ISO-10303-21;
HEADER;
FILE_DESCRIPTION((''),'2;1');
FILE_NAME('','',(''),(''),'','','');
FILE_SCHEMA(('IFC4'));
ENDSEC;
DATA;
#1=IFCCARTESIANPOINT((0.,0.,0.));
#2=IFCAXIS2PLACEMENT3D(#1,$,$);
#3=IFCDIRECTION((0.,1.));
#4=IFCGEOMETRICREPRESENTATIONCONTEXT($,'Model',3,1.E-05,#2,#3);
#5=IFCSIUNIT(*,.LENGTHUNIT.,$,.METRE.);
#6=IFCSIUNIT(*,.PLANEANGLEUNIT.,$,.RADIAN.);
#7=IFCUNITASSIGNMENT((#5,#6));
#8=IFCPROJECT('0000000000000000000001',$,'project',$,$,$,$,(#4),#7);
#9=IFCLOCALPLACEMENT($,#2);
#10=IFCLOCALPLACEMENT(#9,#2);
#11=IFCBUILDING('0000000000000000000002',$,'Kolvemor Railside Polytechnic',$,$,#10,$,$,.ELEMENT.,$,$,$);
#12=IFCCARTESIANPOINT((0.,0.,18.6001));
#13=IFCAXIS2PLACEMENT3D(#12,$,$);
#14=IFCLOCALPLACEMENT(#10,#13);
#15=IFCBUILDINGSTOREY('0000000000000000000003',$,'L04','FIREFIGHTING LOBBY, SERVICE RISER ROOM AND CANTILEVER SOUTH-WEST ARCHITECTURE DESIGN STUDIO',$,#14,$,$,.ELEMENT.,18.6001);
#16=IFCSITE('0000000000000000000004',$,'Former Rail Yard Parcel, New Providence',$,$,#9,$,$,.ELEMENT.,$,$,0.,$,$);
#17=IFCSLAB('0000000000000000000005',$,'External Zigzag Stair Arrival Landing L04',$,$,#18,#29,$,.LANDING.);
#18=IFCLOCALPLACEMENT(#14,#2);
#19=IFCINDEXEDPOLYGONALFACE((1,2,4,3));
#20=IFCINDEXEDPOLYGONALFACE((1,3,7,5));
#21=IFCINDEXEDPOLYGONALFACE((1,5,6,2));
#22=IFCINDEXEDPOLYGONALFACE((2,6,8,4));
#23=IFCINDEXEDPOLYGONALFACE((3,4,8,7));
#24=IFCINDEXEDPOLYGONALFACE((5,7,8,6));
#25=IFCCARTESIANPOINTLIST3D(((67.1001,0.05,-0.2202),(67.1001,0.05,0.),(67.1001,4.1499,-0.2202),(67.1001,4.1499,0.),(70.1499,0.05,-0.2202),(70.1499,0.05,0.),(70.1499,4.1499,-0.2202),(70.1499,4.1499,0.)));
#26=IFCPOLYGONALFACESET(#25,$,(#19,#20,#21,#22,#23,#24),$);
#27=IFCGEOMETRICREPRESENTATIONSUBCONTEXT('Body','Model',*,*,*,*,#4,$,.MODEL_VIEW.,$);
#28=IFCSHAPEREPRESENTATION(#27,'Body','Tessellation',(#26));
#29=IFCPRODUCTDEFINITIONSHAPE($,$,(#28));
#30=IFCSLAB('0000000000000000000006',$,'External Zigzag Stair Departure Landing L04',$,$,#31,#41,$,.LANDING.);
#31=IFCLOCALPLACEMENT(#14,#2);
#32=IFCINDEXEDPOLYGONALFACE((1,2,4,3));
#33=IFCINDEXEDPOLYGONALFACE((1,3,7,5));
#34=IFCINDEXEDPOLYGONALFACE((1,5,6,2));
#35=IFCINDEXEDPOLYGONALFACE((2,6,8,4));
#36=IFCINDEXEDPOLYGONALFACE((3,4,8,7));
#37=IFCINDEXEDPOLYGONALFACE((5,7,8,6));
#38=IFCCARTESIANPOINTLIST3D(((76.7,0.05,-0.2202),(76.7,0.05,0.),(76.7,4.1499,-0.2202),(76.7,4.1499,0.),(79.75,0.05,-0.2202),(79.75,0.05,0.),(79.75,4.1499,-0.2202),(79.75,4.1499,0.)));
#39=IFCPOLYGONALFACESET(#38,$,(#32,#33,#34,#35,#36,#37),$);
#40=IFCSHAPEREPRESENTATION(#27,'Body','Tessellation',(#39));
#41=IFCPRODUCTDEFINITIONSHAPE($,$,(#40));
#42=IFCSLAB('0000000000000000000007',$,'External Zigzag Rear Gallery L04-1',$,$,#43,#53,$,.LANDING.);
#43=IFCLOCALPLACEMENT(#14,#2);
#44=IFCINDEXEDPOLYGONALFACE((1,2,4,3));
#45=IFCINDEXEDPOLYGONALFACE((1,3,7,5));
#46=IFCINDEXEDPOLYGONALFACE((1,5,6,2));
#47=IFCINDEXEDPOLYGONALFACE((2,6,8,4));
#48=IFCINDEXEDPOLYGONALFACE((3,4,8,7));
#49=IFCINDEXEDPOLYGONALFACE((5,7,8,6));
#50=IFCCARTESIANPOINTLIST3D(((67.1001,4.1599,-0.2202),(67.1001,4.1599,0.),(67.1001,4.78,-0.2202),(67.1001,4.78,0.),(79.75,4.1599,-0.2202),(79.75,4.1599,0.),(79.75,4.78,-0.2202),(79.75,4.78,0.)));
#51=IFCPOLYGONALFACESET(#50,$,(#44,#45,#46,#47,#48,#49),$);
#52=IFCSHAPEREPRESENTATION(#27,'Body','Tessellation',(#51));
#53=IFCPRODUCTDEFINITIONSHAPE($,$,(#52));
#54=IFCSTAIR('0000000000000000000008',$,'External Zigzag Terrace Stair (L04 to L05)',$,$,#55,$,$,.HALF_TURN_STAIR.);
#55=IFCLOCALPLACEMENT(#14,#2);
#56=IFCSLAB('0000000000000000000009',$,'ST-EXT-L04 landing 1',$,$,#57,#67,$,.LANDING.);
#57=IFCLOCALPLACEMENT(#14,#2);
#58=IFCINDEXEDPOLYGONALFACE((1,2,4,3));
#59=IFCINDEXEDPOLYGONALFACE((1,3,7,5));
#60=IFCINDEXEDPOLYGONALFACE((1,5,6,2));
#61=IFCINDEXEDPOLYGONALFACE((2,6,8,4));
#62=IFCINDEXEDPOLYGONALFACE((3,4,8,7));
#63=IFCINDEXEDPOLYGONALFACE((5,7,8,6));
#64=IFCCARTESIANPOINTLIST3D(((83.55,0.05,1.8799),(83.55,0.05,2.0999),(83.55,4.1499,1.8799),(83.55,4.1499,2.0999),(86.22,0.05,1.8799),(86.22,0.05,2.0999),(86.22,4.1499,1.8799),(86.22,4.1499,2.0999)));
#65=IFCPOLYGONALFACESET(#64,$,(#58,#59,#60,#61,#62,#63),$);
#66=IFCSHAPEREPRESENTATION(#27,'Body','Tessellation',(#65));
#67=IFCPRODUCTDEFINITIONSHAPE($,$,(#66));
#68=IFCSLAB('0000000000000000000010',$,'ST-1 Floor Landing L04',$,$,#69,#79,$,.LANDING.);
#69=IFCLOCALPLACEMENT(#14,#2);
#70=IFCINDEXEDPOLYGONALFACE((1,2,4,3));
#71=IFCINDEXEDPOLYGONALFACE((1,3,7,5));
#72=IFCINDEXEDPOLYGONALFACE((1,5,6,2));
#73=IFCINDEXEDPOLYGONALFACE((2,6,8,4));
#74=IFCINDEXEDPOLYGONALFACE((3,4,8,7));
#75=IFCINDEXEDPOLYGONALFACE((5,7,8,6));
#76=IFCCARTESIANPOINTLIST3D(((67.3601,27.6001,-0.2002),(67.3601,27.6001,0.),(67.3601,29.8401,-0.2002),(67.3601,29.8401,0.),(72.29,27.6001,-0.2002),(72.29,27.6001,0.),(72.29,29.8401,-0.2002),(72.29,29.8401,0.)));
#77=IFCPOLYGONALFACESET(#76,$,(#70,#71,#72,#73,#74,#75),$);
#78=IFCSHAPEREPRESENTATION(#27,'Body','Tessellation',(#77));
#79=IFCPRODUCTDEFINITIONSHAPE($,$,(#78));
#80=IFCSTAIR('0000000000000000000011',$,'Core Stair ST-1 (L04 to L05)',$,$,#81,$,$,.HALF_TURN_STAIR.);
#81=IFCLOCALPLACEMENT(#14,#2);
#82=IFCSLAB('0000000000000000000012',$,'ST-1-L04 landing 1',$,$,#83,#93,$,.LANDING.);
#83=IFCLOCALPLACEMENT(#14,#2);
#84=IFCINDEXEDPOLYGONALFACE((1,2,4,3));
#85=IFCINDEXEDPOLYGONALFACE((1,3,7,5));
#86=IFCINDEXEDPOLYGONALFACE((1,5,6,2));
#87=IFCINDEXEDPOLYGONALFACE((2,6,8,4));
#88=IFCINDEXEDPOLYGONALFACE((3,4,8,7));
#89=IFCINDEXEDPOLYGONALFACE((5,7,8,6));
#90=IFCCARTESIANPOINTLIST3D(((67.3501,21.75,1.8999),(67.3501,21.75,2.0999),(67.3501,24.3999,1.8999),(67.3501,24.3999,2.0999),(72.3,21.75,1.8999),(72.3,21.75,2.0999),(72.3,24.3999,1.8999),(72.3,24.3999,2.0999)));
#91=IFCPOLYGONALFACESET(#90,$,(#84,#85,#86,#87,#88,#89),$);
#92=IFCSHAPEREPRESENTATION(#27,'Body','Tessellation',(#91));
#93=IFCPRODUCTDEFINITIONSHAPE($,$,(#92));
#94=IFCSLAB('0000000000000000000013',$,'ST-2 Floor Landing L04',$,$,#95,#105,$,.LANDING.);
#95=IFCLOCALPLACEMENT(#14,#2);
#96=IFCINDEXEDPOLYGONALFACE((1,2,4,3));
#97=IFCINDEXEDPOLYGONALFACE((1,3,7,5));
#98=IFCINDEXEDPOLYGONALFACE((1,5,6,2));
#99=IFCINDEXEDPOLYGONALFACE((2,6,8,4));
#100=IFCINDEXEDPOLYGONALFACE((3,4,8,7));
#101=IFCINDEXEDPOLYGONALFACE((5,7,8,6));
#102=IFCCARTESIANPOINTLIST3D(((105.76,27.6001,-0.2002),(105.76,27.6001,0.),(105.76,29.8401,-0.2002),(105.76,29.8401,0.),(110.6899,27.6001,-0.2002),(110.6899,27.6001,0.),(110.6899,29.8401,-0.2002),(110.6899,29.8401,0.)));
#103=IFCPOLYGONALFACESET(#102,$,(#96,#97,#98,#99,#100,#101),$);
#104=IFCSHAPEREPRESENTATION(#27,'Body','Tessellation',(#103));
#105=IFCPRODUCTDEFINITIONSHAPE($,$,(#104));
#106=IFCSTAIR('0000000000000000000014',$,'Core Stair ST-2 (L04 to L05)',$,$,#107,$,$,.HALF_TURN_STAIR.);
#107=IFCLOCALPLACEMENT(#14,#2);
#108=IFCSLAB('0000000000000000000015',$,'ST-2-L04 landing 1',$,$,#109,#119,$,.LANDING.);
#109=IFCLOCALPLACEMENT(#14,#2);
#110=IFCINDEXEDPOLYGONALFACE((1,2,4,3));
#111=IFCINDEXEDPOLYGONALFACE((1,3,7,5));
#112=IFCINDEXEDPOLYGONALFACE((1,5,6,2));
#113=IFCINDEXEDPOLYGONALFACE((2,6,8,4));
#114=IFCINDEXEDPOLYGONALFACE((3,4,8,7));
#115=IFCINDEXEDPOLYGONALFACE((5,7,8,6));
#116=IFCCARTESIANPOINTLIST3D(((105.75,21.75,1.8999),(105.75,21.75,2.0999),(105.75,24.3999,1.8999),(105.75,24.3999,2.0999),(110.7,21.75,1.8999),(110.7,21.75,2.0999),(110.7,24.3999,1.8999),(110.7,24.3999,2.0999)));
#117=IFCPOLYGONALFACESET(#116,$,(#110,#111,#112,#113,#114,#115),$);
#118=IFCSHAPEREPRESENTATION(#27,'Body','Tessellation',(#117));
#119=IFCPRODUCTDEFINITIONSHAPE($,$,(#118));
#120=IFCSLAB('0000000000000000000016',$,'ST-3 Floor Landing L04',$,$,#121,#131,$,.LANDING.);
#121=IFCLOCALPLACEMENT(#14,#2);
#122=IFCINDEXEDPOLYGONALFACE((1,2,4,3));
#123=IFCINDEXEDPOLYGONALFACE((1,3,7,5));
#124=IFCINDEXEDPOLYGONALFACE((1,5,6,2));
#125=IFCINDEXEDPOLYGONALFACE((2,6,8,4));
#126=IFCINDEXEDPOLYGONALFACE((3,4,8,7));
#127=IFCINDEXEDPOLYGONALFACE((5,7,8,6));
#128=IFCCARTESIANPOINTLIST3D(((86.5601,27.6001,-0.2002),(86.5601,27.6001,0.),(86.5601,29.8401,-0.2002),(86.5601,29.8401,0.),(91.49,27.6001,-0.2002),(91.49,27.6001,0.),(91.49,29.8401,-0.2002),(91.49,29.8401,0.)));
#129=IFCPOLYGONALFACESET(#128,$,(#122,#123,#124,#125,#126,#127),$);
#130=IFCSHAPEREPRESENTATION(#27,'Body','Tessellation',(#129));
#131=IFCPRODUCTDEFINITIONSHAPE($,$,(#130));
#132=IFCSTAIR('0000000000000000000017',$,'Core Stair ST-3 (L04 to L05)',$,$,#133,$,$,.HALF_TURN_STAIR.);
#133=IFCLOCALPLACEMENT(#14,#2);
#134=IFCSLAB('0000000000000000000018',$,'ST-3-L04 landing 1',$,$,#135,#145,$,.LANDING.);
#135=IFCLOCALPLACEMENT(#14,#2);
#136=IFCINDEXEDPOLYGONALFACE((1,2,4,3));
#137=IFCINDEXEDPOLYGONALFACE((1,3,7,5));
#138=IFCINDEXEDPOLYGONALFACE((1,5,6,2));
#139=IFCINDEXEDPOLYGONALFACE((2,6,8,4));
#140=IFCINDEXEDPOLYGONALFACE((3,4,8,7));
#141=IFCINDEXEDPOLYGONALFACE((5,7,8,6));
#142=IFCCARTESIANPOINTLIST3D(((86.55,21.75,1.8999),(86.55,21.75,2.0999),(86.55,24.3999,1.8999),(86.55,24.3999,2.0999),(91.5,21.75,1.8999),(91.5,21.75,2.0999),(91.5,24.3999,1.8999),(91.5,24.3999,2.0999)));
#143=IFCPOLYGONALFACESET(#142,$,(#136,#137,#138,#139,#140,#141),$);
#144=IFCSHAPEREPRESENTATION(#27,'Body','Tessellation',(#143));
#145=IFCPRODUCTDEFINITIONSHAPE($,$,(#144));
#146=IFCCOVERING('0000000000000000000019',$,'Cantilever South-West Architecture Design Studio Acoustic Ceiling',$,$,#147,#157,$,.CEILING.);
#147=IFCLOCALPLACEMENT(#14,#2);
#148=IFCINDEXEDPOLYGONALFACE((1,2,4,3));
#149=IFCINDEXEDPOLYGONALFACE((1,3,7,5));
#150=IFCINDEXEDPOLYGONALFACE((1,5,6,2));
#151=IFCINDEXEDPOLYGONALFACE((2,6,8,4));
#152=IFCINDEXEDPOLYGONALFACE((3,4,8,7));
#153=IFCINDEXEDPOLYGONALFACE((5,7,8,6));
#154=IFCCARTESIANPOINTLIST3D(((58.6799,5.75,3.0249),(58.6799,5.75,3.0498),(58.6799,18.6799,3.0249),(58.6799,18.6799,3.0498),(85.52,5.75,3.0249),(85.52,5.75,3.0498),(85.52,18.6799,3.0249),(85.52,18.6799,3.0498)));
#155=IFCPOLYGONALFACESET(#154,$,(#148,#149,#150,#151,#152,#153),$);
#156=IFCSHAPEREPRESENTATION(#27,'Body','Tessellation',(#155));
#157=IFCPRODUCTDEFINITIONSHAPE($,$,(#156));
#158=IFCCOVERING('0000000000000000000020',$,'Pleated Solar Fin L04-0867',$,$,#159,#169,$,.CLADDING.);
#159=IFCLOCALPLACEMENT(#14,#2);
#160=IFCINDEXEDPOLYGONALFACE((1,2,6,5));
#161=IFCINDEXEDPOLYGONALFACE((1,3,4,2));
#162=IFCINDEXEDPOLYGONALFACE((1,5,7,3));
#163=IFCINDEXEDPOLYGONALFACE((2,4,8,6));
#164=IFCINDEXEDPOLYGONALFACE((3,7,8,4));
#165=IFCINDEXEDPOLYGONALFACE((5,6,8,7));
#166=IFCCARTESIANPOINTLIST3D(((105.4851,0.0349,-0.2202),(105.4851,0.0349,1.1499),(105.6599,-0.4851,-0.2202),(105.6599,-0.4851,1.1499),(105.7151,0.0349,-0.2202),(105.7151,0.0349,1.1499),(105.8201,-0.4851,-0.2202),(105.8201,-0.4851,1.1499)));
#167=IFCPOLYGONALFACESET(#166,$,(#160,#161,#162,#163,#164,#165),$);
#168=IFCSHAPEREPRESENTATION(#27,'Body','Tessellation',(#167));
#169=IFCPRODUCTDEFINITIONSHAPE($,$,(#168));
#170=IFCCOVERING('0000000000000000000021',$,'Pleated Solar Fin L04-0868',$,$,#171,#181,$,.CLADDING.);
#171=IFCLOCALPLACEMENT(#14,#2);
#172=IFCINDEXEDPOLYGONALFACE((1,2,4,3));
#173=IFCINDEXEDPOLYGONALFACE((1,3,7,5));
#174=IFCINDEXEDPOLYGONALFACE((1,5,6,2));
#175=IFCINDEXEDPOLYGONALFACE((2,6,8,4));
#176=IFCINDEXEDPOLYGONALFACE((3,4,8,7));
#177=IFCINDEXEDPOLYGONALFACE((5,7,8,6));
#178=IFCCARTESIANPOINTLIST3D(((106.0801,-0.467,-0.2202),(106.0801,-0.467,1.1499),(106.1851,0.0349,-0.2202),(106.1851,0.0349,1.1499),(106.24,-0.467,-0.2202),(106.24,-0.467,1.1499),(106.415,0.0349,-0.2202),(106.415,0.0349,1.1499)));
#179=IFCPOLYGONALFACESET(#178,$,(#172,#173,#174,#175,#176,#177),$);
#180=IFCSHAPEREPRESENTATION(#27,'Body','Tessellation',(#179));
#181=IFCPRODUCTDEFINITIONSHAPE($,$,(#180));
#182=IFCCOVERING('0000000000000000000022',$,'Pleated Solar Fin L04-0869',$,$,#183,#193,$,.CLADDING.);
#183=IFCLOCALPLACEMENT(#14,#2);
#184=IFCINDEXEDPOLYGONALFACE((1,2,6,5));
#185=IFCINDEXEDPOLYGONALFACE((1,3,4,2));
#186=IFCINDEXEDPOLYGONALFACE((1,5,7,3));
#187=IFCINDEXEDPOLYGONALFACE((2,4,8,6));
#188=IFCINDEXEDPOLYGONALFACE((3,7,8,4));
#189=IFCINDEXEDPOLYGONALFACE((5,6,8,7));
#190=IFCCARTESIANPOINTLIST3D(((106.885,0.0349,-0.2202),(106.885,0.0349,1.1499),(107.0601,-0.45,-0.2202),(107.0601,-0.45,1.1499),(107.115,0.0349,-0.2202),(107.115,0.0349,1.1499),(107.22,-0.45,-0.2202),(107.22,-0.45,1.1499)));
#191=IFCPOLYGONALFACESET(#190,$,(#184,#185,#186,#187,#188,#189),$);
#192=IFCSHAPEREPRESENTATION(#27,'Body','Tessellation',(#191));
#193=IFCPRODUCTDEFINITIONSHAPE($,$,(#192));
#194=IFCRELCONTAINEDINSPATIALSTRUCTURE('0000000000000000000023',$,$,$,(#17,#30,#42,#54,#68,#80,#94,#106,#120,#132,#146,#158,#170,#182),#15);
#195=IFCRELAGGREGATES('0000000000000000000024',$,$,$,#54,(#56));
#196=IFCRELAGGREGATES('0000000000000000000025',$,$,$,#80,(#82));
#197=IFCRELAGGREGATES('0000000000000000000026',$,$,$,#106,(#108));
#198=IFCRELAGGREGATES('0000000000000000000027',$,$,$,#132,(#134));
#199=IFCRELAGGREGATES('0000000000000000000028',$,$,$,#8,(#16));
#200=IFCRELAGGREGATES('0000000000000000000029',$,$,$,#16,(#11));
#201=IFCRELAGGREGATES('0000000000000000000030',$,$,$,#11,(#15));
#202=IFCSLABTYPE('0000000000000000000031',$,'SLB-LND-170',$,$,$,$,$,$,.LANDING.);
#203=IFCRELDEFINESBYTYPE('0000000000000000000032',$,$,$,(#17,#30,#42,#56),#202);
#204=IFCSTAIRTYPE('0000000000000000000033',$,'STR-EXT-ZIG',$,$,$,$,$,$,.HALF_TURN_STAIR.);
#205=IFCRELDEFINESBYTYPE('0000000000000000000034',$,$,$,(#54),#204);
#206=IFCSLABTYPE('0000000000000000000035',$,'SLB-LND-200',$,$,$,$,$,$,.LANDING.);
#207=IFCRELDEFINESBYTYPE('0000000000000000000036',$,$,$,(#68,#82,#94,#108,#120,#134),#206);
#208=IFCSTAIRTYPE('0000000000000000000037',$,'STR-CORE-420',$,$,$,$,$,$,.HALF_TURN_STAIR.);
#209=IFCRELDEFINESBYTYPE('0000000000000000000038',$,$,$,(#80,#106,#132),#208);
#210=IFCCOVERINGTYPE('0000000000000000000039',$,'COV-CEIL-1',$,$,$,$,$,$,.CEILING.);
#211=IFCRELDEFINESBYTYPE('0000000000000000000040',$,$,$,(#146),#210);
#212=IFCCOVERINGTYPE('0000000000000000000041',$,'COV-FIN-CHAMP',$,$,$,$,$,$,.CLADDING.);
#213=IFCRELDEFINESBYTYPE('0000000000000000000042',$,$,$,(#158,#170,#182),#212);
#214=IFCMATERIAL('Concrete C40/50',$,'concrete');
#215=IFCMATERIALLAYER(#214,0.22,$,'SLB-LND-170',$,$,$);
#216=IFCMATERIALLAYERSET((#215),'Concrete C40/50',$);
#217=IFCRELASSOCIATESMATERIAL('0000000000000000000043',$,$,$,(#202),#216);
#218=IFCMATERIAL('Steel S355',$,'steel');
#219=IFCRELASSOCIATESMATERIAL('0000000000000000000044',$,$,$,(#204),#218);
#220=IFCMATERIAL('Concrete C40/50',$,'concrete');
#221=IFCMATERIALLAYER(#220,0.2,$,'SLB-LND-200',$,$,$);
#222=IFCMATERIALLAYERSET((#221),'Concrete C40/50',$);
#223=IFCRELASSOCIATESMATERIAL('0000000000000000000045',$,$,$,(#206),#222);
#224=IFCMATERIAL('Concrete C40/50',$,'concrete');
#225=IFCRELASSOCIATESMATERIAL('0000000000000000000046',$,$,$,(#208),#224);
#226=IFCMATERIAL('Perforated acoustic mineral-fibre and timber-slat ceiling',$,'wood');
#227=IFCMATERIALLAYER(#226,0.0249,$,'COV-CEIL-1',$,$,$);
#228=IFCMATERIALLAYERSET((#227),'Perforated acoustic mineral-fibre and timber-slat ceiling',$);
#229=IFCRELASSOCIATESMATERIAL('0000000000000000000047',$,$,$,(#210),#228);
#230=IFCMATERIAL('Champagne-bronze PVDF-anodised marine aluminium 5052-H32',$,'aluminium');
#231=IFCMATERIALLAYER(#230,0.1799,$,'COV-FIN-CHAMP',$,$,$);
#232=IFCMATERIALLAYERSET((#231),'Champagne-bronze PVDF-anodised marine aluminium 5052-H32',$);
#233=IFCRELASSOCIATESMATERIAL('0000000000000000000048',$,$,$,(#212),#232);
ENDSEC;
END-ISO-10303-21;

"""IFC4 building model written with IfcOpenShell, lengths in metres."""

from ifc_helpers import new_model, si_unit, direction, frame, origin, place, context, subcontext, project, spatial, polyline, outline, extrude, material, layer, layer_set, type_object, element, aggregate, save


model = new_model("IFC4")

# Units and contexts
model_context = context("Model", 3, precision=1e-05, world=origin(), true_north=direction((0.0, 1.0)))
body_context = subcontext(model_context, "Body", "Model", "MODEL_VIEW")
ifc_project = project(units=[si_unit("LENGTHUNIT", "METRE"), si_unit("PLANEANGLEUNIT", "RADIAN")], contexts=[model_context])

# Site, building, storey
site_placement = place(None, origin())
site = spatial("IfcSite", under=ifc_project, at=site_placement, Name="Former Rail Yard Parcel, New Providence", CompositionType="ELEMENT", RefElevation=0.0)
building_placement = place(site_placement, origin())
building = spatial("IfcBuilding", under=site, at=building_placement, Name="Kolvemor Railside Polytechnic", CompositionType="ELEMENT")
storey_placement = place(building_placement, frame((0.0, 0.0, 18.6001)))
storey = spatial("IfcBuildingStorey", under=building, at=storey_placement, Name="L04", Description="FIREFIGHTING LOBBY, SERVICE RISER ROOM AND CANTILEVER SOUTH-WEST ARCHITECTURE DESIGN STUDIO", CompositionType="ELEMENT", Elevation=18.6001)

# Slabs
ifc_material_1 = material(Name="Concrete C40/50", Category="concrete")
ifc_layer_1 = layer(ifc_material_1, 0.22, Name="SLB-LND-170")
ifc_layer_set_1 = layer_set([ifc_layer_1], Name="Concrete C40/50")
slab_type_1 = type_object("IfcSlabType", Name="SLB-LND-170", PredefinedType="LANDING", material=ifc_layer_set_1)
slab_1_placement = place(storey_placement, frame((0.0, 0.0, -0.2202)))
element("IfcSlab", 1, at=slab_1_placement, inside=storey, type_object=slab_type_1, Name="External Zigzag Stair Arrival Landing L04", PredefinedType="LANDING", context=body_context, shape_type="SweptSolid", body=[
    extrude(outline(polyline([(67.1001, 0.05), (70.1499, 0.05), (70.1499, 4.1499), (67.1001, 4.1499), (67.1001, 0.05)])), origin(), (0.0, 0.0, 1.0), 0.2202),
])
slab_2_placement = place(storey_placement, frame((0.0, 0.0, -0.2202)))
element("IfcSlab", 2, at=slab_2_placement, inside=storey, type_object=slab_type_1, Name="External Zigzag Stair Departure Landing L04", PredefinedType="LANDING", context=body_context, shape_type="SweptSolid", body=[
    extrude(outline(polyline([(76.7, 0.05), (79.75, 0.05), (79.75, 4.1499), (76.7, 4.1499), (76.7, 0.05)])), origin(), (0.0, 0.0, 1.0), 0.2202),
])
slab_3_placement = place(storey_placement, frame((0.0, 0.0, -0.2202)))
element("IfcSlab", 3, at=slab_3_placement, inside=storey, type_object=slab_type_1, Name="External Zigzag Rear Gallery L04-1", PredefinedType="LANDING", context=body_context, shape_type="SweptSolid", body=[
    extrude(outline(polyline([(67.1001, 4.1599), (79.75, 4.1599), (79.75, 4.78), (67.1001, 4.78), (67.1001, 4.1599)])), origin(), (0.0, 0.0, 1.0), 0.2202),
])

# Stair, slab
ifc_material_2 = material(Name="Steel S355", Category="steel")
stair_type_1 = type_object("IfcStairType", Name="STR-EXT-ZIG", PredefinedType="HALF_TURN_STAIR", material=ifc_material_2)
stair_1_placement = place(storey_placement, origin())
stair_1 = element("IfcStair", 4, at=stair_1_placement, inside=storey, type_object=stair_type_1, Name="External Zigzag Terrace Stair (L04 to L05)", PredefinedType="HALF_TURN_STAIR")
slab_4_placement = place(storey_placement, frame((0.0, 0.0, 1.8799)))
slab_4 = element("IfcSlab", 5, at=slab_4_placement, type_object=slab_type_1, Name="ST-EXT-L04 landing 1", PredefinedType="LANDING", context=body_context, shape_type="SweptSolid", body=[
    extrude(outline(polyline([(83.55, 0.05), (86.22, 0.05), (86.22, 4.1499), (83.55, 4.1499), (83.55, 0.05)])), origin(), (0.0, 0.0, 1.0), 0.22),
])
aggregate(stair_1, [slab_4])

# Slab
ifc_material_3 = material(Name="Concrete C40/50", Category="concrete")
ifc_layer_2 = layer(ifc_material_3, 0.2, Name="SLB-LND-200")
ifc_layer_set_2 = layer_set([ifc_layer_2], Name="Concrete C40/50")
slab_type_2 = type_object("IfcSlabType", Name="SLB-LND-200", PredefinedType="LANDING", material=ifc_layer_set_2)
slab_5_placement = place(storey_placement, frame((0.0, 0.0, -0.2002)))
element("IfcSlab", 6, at=slab_5_placement, inside=storey, type_object=slab_type_2, Name="ST-1 Floor Landing L04", PredefinedType="LANDING", context=body_context, shape_type="SweptSolid", body=[
    extrude(outline(polyline([(67.3601, 27.6001), (72.29, 27.6001), (72.29, 29.8401), (67.3601, 29.8401), (67.3601, 27.6001)])), origin(), (0.0, 0.0, 1.0), 0.2002),
])

# Stair, slab
ifc_material_4 = material(Name="Concrete C40/50", Category="concrete")
stair_type_2 = type_object("IfcStairType", Name="STR-CORE-420", PredefinedType="HALF_TURN_STAIR", material=ifc_material_4)
stair_2_placement = place(storey_placement, origin())
stair_2 = element("IfcStair", 7, at=stair_2_placement, inside=storey, type_object=stair_type_2, Name="Core Stair ST-1 (L04 to L05)", PredefinedType="HALF_TURN_STAIR")
slab_6_placement = place(storey_placement, frame((0.0, 0.0, 1.8999)))
slab_6 = element("IfcSlab", 8, at=slab_6_placement, type_object=slab_type_2, Name="ST-1-L04 landing 1", PredefinedType="LANDING", context=body_context, shape_type="SweptSolid", body=[
    extrude(outline(polyline([(67.3501, 21.75), (72.3, 21.75), (72.3, 24.3999), (67.3501, 24.3999), (67.3501, 21.75)])), origin(), (0.0, 0.0, 1.0), 0.2),
])
aggregate(stair_2, [slab_6])

# Slab
slab_7_placement = place(storey_placement, frame((0.0, 0.0, -0.2002)))
element("IfcSlab", 9, at=slab_7_placement, inside=storey, type_object=slab_type_2, Name="ST-2 Floor Landing L04", PredefinedType="LANDING", context=body_context, shape_type="SweptSolid", body=[
    extrude(outline(polyline([(105.76, 27.6001), (110.6899, 27.6001), (110.6899, 29.8401), (105.76, 29.8401), (105.76, 27.6001)])), origin(), (0.0, 0.0, 1.0), 0.2002),
])

# Stair, slab
stair_3_placement = place(storey_placement, origin())
stair_3 = element("IfcStair", 10, at=stair_3_placement, inside=storey, type_object=stair_type_2, Name="Core Stair ST-2 (L04 to L05)", PredefinedType="HALF_TURN_STAIR")
slab_8_placement = place(storey_placement, frame((0.0, 0.0, 1.8999)))
slab_8 = element("IfcSlab", 11, at=slab_8_placement, type_object=slab_type_2, Name="ST-2-L04 landing 1", PredefinedType="LANDING", context=body_context, shape_type="SweptSolid", body=[
    extrude(outline(polyline([(105.75, 21.75), (110.7, 21.75), (110.7, 24.3999), (105.75, 24.3999), (105.75, 21.75)])), origin(), (0.0, 0.0, 1.0), 0.2),
])
aggregate(stair_3, [slab_8])

# Slab
slab_9_placement = place(storey_placement, frame((0.0, 0.0, -0.2002)))
element("IfcSlab", 12, at=slab_9_placement, inside=storey, type_object=slab_type_2, Name="ST-3 Floor Landing L04", PredefinedType="LANDING", context=body_context, shape_type="SweptSolid", body=[
    extrude(outline(polyline([(86.5601, 27.6001), (91.49, 27.6001), (91.49, 29.8401), (86.5601, 29.8401), (86.5601, 27.6001)])), origin(), (0.0, 0.0, 1.0), 0.2002),
])

# Stair, slab
stair_4_placement = place(storey_placement, origin())
stair_4 = element("IfcStair", 13, at=stair_4_placement, inside=storey, type_object=stair_type_2, Name="Core Stair ST-3 (L04 to L05)", PredefinedType="HALF_TURN_STAIR")
slab_10_placement = place(storey_placement, frame((0.0, 0.0, 1.8999)))
slab_10 = element("IfcSlab", 14, at=slab_10_placement, type_object=slab_type_2, Name="ST-3-L04 landing 1", PredefinedType="LANDING", context=body_context, shape_type="SweptSolid", body=[
    extrude(outline(polyline([(86.55, 21.75), (91.5, 21.75), (91.5, 24.3999), (86.55, 24.3999), (86.55, 21.75)])), origin(), (0.0, 0.0, 1.0), 0.2),
])
aggregate(stair_4, [slab_10])

# Coverings
ifc_material_5 = material(Name="Perforated acoustic mineral-fibre and timber-slat ceiling", Category="wood")
ifc_layer_3 = layer(ifc_material_5, 0.0249, Name="COV-CEIL-1")
ifc_layer_set_3 = layer_set([ifc_layer_3], Name="Perforated acoustic mineral-fibre and timber-slat ceiling")
covering_type_1 = type_object("IfcCoveringType", Name="COV-CEIL-1", PredefinedType="CEILING", material=ifc_layer_set_3)
covering_1_placement = place(storey_placement, frame((0.0, 0.0, 3.0249)))
element("IfcCovering", 15, at=covering_1_placement, inside=storey, type_object=covering_type_1, Name="Cantilever South-West Architecture Design Studio Acoustic Ceiling", PredefinedType="CEILING", context=body_context, shape_type="SweptSolid", body=[
    extrude(outline(polyline([(58.6799, 5.75), (85.52, 5.75), (85.52, 18.6799), (58.6799, 18.6799), (58.6799, 5.75)])), origin(), (0.0, 0.0, 1.0), 0.0249),
])
ifc_material_6 = material(Name="Champagne-bronze PVDF-anodised marine aluminium 5052-H32", Category="aluminium")
ifc_layer_4 = layer(ifc_material_6, 0.1799, Name="COV-FIN-CHAMP")
ifc_layer_set_4 = layer_set([ifc_layer_4], Name="Champagne-bronze PVDF-anodised marine aluminium 5052-H32")
covering_type_2 = type_object("IfcCoveringType", Name="COV-FIN-CHAMP", PredefinedType="CLADDING", material=ifc_layer_set_4)
covering_2_placement = place(storey_placement, frame((0.0, 0.0, -0.2202)))
element("IfcCovering", 16, at=covering_2_placement, inside=storey, type_object=covering_type_2, Name="Pleated Solar Fin L04-0867", PredefinedType="CLADDING", context=body_context, shape_type="SweptSolid", body=[
    extrude(outline(polyline([(105.4851, 0.0349), (105.7151, 0.0349), (105.8201, -0.4851), (105.6599, -0.4851), (105.4851, 0.0349)])), origin(), (0.0, 0.0, 1.0), 1.3701),
])
covering_3_placement = place(storey_placement, frame((0.0, 0.0, -0.2202)))
element("IfcCovering", 17, at=covering_3_placement, inside=storey, type_object=covering_type_2, Name="Pleated Solar Fin L04-0868", PredefinedType="CLADDING", context=body_context, shape_type="SweptSolid", body=[
    extrude(outline(polyline([(106.1851, 0.0349), (106.415, 0.0349), (106.24, -0.467), (106.0801, -0.467), (106.1851, 0.0349)])), origin(), (0.0, 0.0, 1.0), 1.3701),
])
covering_4_placement = place(storey_placement, frame((0.0, 0.0, -0.2202)))
element("IfcCovering", 18, at=covering_4_placement, inside=storey, type_object=covering_type_2, Name="Pleated Solar Fin L04-0869", PredefinedType="CLADDING", context=body_context, shape_type="SweptSolid", body=[
    extrude(outline(polyline([(106.885, 0.0349), (107.115, 0.0349), (107.22, -0.45), (107.0601, -0.45), (106.885, 0.0349)])), origin(), (0.0, 0.0, 1.0), 1.3701),
])

save(model, "model.ifc")
